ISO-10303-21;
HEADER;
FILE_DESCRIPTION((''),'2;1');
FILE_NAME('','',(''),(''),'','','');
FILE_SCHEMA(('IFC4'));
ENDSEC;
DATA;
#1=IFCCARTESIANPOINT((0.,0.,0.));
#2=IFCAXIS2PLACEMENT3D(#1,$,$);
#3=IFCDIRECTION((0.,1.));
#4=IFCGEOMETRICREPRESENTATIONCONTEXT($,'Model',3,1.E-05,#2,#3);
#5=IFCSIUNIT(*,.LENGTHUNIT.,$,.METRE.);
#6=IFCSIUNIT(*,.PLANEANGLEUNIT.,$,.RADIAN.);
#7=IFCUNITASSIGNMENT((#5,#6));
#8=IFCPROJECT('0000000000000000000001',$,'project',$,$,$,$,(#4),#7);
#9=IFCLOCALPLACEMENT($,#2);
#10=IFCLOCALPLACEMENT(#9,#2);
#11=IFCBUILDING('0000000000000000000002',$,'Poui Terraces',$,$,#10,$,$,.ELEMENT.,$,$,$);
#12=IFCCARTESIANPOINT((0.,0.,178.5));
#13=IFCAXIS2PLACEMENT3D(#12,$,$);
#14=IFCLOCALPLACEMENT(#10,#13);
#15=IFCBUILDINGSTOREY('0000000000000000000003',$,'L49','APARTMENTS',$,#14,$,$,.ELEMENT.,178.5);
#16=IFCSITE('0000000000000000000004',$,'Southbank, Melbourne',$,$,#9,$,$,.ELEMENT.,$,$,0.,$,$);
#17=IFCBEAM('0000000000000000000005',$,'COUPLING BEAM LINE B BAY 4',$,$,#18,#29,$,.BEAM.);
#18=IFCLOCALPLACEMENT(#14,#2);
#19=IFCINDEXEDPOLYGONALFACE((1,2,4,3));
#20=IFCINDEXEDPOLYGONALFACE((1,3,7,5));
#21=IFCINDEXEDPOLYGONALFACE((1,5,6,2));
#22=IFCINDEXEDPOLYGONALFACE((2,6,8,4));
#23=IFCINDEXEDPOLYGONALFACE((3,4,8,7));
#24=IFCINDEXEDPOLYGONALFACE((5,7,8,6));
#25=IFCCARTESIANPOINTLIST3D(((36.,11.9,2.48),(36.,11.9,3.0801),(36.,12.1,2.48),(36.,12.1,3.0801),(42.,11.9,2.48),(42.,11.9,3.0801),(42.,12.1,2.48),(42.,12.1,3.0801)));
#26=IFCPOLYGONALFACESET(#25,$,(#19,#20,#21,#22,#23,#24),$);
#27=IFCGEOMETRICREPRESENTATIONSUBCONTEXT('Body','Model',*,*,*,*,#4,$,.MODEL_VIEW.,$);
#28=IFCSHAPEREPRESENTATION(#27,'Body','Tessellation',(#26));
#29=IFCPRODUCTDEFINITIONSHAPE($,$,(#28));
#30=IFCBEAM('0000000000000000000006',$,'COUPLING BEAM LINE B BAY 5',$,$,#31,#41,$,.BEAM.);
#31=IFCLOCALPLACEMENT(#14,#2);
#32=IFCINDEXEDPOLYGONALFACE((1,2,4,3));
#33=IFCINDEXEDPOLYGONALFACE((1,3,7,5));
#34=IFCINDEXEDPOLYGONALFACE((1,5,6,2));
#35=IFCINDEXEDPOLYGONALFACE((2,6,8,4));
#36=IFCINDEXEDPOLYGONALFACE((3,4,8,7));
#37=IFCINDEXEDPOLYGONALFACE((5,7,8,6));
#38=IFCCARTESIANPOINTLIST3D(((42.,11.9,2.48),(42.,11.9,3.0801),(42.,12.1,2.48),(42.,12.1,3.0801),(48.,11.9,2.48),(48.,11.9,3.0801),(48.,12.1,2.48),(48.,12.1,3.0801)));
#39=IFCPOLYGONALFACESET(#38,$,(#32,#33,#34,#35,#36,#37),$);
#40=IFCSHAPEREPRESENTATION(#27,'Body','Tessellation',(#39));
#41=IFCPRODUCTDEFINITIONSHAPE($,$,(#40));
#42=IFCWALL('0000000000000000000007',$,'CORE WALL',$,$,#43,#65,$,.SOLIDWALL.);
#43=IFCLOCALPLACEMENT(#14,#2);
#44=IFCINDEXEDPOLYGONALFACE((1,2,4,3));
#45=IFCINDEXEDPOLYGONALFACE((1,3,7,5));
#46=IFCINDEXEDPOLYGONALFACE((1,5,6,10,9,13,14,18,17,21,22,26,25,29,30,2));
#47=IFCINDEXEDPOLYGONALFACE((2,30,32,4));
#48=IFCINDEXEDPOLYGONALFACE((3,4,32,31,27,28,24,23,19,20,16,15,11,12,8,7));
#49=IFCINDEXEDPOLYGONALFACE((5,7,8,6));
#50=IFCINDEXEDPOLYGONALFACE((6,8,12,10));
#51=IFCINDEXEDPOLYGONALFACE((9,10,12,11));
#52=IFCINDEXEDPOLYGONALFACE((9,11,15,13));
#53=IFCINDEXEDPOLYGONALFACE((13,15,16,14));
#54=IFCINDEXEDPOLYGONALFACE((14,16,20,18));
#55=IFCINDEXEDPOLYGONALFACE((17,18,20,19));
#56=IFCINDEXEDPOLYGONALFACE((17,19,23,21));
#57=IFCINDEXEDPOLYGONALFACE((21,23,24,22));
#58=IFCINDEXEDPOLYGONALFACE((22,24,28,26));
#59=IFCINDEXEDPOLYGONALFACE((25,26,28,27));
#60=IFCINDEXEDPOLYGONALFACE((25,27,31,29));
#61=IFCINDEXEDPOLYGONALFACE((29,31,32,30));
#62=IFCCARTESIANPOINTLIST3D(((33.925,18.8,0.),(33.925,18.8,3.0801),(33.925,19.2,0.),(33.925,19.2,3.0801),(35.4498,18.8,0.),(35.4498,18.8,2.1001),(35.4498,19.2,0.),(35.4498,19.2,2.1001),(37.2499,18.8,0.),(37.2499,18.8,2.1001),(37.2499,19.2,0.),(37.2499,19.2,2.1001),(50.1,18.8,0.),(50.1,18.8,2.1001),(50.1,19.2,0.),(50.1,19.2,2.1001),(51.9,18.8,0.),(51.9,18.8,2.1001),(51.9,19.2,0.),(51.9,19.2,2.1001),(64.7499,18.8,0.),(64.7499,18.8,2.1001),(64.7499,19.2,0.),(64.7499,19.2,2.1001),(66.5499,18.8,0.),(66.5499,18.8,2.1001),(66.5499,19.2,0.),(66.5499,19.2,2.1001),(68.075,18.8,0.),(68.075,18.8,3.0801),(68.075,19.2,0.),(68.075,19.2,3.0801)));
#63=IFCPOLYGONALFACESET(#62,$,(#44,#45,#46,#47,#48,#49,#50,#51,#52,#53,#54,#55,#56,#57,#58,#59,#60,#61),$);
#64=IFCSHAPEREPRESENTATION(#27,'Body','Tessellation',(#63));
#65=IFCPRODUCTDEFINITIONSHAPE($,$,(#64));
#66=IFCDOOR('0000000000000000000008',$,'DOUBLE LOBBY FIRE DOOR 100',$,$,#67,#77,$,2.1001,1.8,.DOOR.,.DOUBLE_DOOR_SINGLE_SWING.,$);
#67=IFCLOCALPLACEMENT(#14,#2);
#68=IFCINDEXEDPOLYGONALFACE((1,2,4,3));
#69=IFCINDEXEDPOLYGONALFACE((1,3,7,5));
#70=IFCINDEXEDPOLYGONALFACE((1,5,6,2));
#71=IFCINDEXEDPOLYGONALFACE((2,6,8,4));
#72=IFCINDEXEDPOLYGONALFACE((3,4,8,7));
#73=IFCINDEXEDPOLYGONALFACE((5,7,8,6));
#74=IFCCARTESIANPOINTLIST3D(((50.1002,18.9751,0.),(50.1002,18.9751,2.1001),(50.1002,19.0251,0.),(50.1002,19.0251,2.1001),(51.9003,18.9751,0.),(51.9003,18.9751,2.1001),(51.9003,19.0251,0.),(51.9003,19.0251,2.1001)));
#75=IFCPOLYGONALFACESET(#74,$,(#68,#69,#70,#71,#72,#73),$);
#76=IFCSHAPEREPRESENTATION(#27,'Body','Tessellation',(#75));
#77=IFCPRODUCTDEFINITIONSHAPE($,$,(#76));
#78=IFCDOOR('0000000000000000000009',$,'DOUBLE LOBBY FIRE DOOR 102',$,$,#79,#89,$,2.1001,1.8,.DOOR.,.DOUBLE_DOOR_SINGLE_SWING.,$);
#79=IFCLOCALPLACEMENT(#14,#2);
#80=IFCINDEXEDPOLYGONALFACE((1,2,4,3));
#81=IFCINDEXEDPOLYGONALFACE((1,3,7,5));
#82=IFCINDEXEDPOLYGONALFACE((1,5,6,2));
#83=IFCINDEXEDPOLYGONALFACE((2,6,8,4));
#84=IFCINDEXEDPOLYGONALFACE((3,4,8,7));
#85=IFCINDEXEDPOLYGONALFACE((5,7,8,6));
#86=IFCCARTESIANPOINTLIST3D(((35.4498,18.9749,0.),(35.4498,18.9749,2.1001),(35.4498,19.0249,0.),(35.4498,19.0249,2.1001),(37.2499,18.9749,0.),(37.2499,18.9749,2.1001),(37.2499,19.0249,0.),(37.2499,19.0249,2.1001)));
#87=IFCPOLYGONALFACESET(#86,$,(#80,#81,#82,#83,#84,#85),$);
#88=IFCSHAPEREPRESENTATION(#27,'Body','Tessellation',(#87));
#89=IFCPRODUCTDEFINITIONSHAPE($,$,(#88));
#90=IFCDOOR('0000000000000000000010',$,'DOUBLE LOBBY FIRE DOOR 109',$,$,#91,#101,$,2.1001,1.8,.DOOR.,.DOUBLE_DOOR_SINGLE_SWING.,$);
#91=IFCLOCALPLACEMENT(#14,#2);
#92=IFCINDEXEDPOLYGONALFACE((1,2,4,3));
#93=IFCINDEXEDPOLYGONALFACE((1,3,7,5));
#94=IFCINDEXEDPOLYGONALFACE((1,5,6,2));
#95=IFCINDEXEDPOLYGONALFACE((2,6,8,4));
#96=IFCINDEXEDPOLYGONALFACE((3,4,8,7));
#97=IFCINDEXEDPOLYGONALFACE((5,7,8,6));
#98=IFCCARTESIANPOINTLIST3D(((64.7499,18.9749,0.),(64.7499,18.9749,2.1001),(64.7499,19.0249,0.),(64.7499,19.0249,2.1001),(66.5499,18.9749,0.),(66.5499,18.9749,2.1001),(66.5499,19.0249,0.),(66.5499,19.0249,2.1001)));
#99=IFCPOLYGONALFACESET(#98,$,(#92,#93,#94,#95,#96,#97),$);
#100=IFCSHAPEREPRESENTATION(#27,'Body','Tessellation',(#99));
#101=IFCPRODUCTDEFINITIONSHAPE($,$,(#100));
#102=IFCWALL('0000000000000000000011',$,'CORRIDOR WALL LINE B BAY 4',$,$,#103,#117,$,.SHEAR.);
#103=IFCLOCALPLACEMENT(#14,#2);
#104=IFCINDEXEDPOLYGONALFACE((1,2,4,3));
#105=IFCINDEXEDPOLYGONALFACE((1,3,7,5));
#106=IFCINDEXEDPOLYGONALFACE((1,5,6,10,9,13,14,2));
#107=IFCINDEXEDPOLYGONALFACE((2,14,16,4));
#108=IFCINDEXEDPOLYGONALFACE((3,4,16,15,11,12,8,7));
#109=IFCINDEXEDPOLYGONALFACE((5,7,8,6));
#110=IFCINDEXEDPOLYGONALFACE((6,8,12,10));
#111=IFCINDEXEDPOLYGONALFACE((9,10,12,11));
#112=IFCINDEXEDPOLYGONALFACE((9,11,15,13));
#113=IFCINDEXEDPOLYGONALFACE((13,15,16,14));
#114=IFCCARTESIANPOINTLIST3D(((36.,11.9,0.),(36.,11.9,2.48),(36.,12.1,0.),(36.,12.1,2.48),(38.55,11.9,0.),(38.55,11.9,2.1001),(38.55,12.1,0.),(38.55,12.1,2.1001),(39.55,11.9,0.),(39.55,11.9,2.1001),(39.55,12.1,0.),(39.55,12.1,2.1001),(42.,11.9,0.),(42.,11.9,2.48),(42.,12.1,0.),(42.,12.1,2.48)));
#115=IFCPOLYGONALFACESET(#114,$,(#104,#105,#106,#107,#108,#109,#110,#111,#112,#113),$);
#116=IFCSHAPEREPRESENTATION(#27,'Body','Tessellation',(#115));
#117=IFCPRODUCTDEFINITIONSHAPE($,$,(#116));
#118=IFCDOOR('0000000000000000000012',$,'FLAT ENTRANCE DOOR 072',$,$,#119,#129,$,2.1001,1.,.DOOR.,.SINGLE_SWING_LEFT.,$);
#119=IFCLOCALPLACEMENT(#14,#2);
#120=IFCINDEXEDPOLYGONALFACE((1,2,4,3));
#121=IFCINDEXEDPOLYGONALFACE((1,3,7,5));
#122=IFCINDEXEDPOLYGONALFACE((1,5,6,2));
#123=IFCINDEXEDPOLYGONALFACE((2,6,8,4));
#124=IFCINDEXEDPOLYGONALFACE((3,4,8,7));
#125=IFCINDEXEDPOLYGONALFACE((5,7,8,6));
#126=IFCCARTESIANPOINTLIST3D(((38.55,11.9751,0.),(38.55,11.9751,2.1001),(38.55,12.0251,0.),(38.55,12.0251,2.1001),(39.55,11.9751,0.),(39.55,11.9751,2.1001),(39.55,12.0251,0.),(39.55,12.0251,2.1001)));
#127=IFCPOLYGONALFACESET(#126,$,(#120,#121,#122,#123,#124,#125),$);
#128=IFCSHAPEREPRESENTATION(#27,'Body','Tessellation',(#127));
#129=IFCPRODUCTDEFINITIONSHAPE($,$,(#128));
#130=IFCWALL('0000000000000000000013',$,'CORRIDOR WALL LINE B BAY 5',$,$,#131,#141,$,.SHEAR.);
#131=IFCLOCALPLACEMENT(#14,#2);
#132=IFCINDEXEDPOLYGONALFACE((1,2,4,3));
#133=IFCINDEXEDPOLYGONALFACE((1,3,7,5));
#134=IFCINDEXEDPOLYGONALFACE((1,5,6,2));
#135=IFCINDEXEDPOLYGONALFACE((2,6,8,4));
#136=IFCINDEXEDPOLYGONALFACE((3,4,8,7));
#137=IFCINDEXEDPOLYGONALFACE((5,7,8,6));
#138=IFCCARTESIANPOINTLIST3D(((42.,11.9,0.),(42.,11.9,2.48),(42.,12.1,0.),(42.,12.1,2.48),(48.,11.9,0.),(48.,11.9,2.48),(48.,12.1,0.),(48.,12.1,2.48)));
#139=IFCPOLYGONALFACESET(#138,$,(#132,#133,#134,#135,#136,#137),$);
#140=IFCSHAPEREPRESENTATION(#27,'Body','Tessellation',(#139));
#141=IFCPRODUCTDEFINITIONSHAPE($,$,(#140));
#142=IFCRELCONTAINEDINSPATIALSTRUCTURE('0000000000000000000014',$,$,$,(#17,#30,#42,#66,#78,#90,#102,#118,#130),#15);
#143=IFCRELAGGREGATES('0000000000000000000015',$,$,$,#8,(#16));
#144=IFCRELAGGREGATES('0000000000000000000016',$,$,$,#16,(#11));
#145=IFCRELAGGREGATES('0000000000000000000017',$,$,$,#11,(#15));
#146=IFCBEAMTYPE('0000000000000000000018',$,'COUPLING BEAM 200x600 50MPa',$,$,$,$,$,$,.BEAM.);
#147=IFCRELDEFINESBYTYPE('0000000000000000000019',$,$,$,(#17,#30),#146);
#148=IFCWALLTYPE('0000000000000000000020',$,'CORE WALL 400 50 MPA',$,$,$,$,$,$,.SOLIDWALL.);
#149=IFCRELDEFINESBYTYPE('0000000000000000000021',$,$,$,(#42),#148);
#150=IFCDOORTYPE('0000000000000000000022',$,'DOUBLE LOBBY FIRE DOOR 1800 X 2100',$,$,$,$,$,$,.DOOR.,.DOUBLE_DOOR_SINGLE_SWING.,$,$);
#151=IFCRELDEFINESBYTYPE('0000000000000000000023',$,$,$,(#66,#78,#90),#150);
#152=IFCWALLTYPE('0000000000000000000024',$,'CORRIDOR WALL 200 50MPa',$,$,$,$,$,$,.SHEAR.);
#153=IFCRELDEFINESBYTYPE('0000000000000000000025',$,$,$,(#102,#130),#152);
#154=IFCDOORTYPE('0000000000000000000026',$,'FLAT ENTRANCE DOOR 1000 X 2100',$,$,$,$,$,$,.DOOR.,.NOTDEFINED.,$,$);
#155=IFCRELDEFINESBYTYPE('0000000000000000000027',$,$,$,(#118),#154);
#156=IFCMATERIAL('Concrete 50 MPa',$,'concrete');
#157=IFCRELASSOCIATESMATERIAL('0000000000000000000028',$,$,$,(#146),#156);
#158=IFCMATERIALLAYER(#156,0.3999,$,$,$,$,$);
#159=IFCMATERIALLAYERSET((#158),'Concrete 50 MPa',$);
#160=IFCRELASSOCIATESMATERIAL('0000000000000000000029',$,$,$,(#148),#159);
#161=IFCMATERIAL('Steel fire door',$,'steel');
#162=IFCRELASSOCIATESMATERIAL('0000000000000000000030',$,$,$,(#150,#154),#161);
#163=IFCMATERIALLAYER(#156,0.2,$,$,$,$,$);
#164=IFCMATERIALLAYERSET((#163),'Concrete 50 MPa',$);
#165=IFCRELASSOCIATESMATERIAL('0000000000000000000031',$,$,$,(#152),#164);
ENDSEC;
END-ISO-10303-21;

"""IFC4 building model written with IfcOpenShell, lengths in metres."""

from ifc_helpers import new_model, si_unit, direction, frame, frame_2d, origin, origin_2d, place, context, subcontext, project, spatial, rectangle, extrude, source, transform, mapped, material, layer, layer_set, material_profile, profile_set, type_object, element, fill, save


model = new_model("IFC4")

# Units and contexts
model_context = context("Model", 3, precision=1e-05, world=origin(), true_north=direction((0.0, 1.0)))
body_context = subcontext(model_context, "Body", "Model", "MODEL_VIEW")
ifc_project = project(units=[si_unit("LENGTHUNIT", "METRE"), si_unit("PLANEANGLEUNIT", "RADIAN")], contexts=[model_context])

# Site, building, storey
site_placement = place(None, origin())
site = spatial("IfcSite", under=ifc_project, at=site_placement, Name="Southbank, Melbourne", CompositionType="ELEMENT", RefElevation=0.0)
building_placement = place(site_placement, origin())
building = spatial("IfcBuilding", under=site, at=building_placement, Name="Poui Terraces", CompositionType="ELEMENT")
storey_placement = place(building_placement, frame((0.0, 0.0, 178.5)))
storey = spatial("IfcBuildingStorey", under=building, at=storey_placement, Name="L49", Description="APARTMENTS", CompositionType="ELEMENT", Elevation=178.5)

# Beams
ifc_material_1 = material(Name="Concrete 50 MPa", Category="concrete")
ifc_material_profile = material_profile(ifc_material_1, rectangle(XDim=0.2, YDim=0.6001, at=origin_2d()), Name="RC 200x600")
ifc_profile_set = profile_set([ifc_material_profile], Name="Concrete 50 MPa")
beam_type = type_object("IfcBeamType", Name="COUPLING BEAM 200x600 50MPa", PredefinedType="BEAM", material=ifc_profile_set)
shared_shape = source(origin(), body_context, "Body", "SweptSolid", [
    extrude(rectangle(XDim=0.2, YDim=0.6001, at=origin_2d()), origin(), (0.0, 0.0, 1.0), 6.0),
])
for number, where, z_axis, x_axis, name in (
    (1, (36.0, 12.0, 2.78), (1.0, 0.0, 0.0), (0.0, 1.0, 0.0), "COUPLING BEAM LINE B BAY 4"),
    (2, (42.0, 12.0, 2.78), (1.0, 0.0, 0.0), (0.0, 1.0, 0.0), "COUPLING BEAM LINE B BAY 5"),
):
    element("IfcBeam", number, at=place(storey_placement, frame(where, z_axis=z_axis, x_axis=x_axis)), inside=storey, type_object=beam_type, Name=name, PredefinedType="BEAM", context=body_context, shape_type="MappedRepresentation", body=[
        mapped(shared_shape, transform((0.0, 0.0, 0.0))),
    ])

# Wall, openings, doors
ifc_layer_1 = layer(ifc_material_1, 0.3999)
ifc_layer_set_1 = layer_set([ifc_layer_1], Name="Concrete 50 MPa")
wall_type_1 = type_object("IfcWallType", Name="CORE WALL 400 50 MPA", PredefinedType="SOLIDWALL", material=ifc_layer_set_1)
wall_1_placement = place(storey_placement, frame((33.925, 19.0, 0.0), z_axis=(0.0, 0.0, 1.0), x_axis=(1.0, 0.0, 0.0)))
wall_1 = element("IfcWall", 3, at=wall_1_placement, inside=storey, type_object=wall_type_1, Name="CORE WALL", PredefinedType="SOLIDWALL", context=body_context, shape_type="SweptSolid", body=[
    extrude(rectangle(XDim=34.1499, YDim=0.3999, at=frame_2d((17.075, 0.0))), origin(), (0.0, 0.0, 1.0), 3.0801),
])
opening_1_placement = place(wall_1_placement, frame((16.175, 0.0, 0.0)))
opening_1 = element("IfcOpeningElement", 4, at=opening_1_placement, cuts=wall_1, PredefinedType="OPENING", context=body_context, shape_type="SweptSolid", body=[
    extrude(rectangle(XDim=1.8, YDim=2.1001, at=frame_2d((0.8999, 1.05))), frame((0.0, 0.21, 0.0), z_axis=(0.0, -1.0, 0.0), x_axis=(1.0, 0.0, 0.0)), (0.0, 0.0, 1.0), 0.4199),
])
opening_2_placement = place(wall_1_placement, frame((1.5249, 0.0, 0.0)))
opening_2 = element("IfcOpeningElement", 5, at=opening_2_placement, cuts=wall_1, PredefinedType="OPENING", context=body_context, shape_type="SweptSolid", body=[
    extrude(rectangle(XDim=1.8, YDim=2.1001, at=frame_2d((0.8999, 1.05))), frame((0.0, 0.21, 0.0), z_axis=(0.0, -1.0, 0.0), x_axis=(1.0, 0.0, 0.0)), (0.0, 0.0, 1.0), 0.4199),
])
opening_3_placement = place(wall_1_placement, frame((30.825, 0.0, 0.0)))
opening_3 = element("IfcOpeningElement", 6, at=opening_3_placement, cuts=wall_1, PredefinedType="OPENING", context=body_context, shape_type="SweptSolid", body=[
    extrude(rectangle(XDim=1.8, YDim=2.1001, at=frame_2d((0.8999, 1.05))), frame((0.0, 0.21, 0.0), z_axis=(0.0, -1.0, 0.0), x_axis=(1.0, 0.0, 0.0)), (0.0, 0.0, 1.0), 0.4199),
])
ifc_material_2 = material(Name="Steel fire door", Category="steel")
door_type_1 = type_object("IfcDoorType", Name="DOUBLE LOBBY FIRE DOOR 1800 X 2100", OperationType="DOUBLE_DOOR_SINGLE_SWING", PredefinedType="DOOR", material=ifc_material_2)
door_1_placement = place(opening_1_placement, frame((1.8, 0.0, 0.0), z_axis=(0.0, 0.0, 1.0), x_axis=(-1.0, 0.0, 0.0)))
door_1 = element("IfcDoor", 7, at=door_1_placement, inside=storey, type_object=door_type_1, Name="DOUBLE LOBBY FIRE DOOR 100", OperationType="DOUBLE_DOOR_SINGLE_SWING", OverallHeight=2.1001, OverallWidth=1.8, PredefinedType="DOOR", context=body_context, shape_type="SweptSolid", body=[
    extrude(rectangle(XDim=1.8, YDim=2.1001, at=frame_2d((0.8999, 1.05))), frame((0.0, 0.0249, 0.0), z_axis=(0.0, -1.0, 0.0), x_axis=(1.0, 0.0, 0.0)), (0.0, 0.0, 1.0), 0.05),
])
fill(opening_1, door_1)
door_2_placement = place(opening_2_placement, origin())
door_2 = element("IfcDoor", 8, at=door_2_placement, inside=storey, type_object=door_type_1, Name="DOUBLE LOBBY FIRE DOOR 102", OperationType="DOUBLE_DOOR_SINGLE_SWING", OverallHeight=2.1001, OverallWidth=1.8, PredefinedType="DOOR", context=body_context, shape_type="SweptSolid", body=[
    extrude(rectangle(XDim=1.8, YDim=2.1001, at=frame_2d((0.8999, 1.05))), frame((0.0, 0.0249, 0.0), z_axis=(0.0, -1.0, 0.0), x_axis=(1.0, 0.0, 0.0)), (0.0, 0.0, 1.0), 0.05),
])
fill(opening_2, door_2)
door_3_placement = place(opening_3_placement, origin())
door_3 = element("IfcDoor", 9, at=door_3_placement, inside=storey, type_object=door_type_1, Name="DOUBLE LOBBY FIRE DOOR 109", OperationType="DOUBLE_DOOR_SINGLE_SWING", OverallHeight=2.1001, OverallWidth=1.8, PredefinedType="DOOR", context=body_context, shape_type="SweptSolid", body=[
    extrude(rectangle(XDim=1.8, YDim=2.1001, at=frame_2d((0.8999, 1.05))), frame((0.0, 0.0249, 0.0), z_axis=(0.0, -1.0, 0.0), x_axis=(1.0, 0.0, 0.0)), (0.0, 0.0, 1.0), 0.05),
])
fill(opening_3, door_3)

# Wall, opening, door
ifc_layer_2 = layer(ifc_material_1, 0.2)
ifc_layer_set_2 = layer_set([ifc_layer_2], Name="Concrete 50 MPa")
wall_type_2 = type_object("IfcWallType", Name="CORRIDOR WALL 200 50MPa", PredefinedType="SHEAR", material=ifc_layer_set_2)
wall_2_placement = place(storey_placement, frame((36.0, 12.0, 0.0), z_axis=(0.0, 0.0, 1.0), x_axis=(1.0, 0.0, 0.0)))
wall_2 = element("IfcWall", 10, at=wall_2_placement, inside=storey, type_object=wall_type_2, Name="CORRIDOR WALL LINE B BAY 4", PredefinedType="SHEAR", context=body_context, shape_type="SweptSolid", body=[
    extrude(rectangle(XDim=6.0, YDim=0.2, at=frame_2d((3.0, 0.0))), origin(), (0.0, 0.0, 1.0), 2.48),
])
opening_4_placement = place(wall_2_placement, frame((2.55, 0.0, 0.0)))
opening_4 = element("IfcOpeningElement", 11, at=opening_4_placement, cuts=wall_2, PredefinedType="OPENING", context=body_context, shape_type="SweptSolid", body=[
    extrude(rectangle(XDim=1.0, YDim=2.1001, at=frame_2d((0.5, 1.05))), frame((0.0, 0.1099, 0.0), z_axis=(0.0, -1.0, 0.0), x_axis=(1.0, 0.0, 0.0)), (0.0, 0.0, 1.0), 0.22),
])
door_type_2 = type_object("IfcDoorType", Name="FLAT ENTRANCE DOOR 1000 X 2100", OperationType="NOTDEFINED", PredefinedType="DOOR", material=ifc_material_2)
door_4_placement = place(opening_4_placement, frame((1.0, 0.0, 0.0), z_axis=(0.0, 0.0, 1.0), x_axis=(-1.0, 0.0, 0.0)))
door_4 = element("IfcDoor", 12, at=door_4_placement, inside=storey, type_object=door_type_2, Name="FLAT ENTRANCE DOOR 072", OperationType="SINGLE_SWING_LEFT", OverallHeight=2.1001, OverallWidth=1.0, PredefinedType="DOOR", context=body_context, shape_type="SweptSolid", body=[
    extrude(rectangle(XDim=1.0, YDim=2.1001, at=frame_2d((0.5, 1.05))), frame((0.0, 0.0249, 0.0), z_axis=(0.0, -1.0, 0.0), x_axis=(1.0, 0.0, 0.0)), (0.0, 0.0, 1.0), 0.05),
])
fill(opening_4, door_4)

# Wall
wall_3_placement = place(storey_placement, frame((42.0, 12.0, 0.0), z_axis=(0.0, 0.0, 1.0), x_axis=(1.0, 0.0, 0.0)))
element("IfcWall", 13, at=wall_3_placement, inside=storey, type_object=wall_type_2, Name="CORRIDOR WALL LINE B BAY 5", PredefinedType="SHEAR", context=body_context, shape_type="SweptSolid", body=[
    extrude(rectangle(XDim=6.0, YDim=0.2, at=frame_2d((3.0, 0.0))), origin(), (0.0, 0.0, 1.0), 2.48),
])

save(model, "model.ifc")
